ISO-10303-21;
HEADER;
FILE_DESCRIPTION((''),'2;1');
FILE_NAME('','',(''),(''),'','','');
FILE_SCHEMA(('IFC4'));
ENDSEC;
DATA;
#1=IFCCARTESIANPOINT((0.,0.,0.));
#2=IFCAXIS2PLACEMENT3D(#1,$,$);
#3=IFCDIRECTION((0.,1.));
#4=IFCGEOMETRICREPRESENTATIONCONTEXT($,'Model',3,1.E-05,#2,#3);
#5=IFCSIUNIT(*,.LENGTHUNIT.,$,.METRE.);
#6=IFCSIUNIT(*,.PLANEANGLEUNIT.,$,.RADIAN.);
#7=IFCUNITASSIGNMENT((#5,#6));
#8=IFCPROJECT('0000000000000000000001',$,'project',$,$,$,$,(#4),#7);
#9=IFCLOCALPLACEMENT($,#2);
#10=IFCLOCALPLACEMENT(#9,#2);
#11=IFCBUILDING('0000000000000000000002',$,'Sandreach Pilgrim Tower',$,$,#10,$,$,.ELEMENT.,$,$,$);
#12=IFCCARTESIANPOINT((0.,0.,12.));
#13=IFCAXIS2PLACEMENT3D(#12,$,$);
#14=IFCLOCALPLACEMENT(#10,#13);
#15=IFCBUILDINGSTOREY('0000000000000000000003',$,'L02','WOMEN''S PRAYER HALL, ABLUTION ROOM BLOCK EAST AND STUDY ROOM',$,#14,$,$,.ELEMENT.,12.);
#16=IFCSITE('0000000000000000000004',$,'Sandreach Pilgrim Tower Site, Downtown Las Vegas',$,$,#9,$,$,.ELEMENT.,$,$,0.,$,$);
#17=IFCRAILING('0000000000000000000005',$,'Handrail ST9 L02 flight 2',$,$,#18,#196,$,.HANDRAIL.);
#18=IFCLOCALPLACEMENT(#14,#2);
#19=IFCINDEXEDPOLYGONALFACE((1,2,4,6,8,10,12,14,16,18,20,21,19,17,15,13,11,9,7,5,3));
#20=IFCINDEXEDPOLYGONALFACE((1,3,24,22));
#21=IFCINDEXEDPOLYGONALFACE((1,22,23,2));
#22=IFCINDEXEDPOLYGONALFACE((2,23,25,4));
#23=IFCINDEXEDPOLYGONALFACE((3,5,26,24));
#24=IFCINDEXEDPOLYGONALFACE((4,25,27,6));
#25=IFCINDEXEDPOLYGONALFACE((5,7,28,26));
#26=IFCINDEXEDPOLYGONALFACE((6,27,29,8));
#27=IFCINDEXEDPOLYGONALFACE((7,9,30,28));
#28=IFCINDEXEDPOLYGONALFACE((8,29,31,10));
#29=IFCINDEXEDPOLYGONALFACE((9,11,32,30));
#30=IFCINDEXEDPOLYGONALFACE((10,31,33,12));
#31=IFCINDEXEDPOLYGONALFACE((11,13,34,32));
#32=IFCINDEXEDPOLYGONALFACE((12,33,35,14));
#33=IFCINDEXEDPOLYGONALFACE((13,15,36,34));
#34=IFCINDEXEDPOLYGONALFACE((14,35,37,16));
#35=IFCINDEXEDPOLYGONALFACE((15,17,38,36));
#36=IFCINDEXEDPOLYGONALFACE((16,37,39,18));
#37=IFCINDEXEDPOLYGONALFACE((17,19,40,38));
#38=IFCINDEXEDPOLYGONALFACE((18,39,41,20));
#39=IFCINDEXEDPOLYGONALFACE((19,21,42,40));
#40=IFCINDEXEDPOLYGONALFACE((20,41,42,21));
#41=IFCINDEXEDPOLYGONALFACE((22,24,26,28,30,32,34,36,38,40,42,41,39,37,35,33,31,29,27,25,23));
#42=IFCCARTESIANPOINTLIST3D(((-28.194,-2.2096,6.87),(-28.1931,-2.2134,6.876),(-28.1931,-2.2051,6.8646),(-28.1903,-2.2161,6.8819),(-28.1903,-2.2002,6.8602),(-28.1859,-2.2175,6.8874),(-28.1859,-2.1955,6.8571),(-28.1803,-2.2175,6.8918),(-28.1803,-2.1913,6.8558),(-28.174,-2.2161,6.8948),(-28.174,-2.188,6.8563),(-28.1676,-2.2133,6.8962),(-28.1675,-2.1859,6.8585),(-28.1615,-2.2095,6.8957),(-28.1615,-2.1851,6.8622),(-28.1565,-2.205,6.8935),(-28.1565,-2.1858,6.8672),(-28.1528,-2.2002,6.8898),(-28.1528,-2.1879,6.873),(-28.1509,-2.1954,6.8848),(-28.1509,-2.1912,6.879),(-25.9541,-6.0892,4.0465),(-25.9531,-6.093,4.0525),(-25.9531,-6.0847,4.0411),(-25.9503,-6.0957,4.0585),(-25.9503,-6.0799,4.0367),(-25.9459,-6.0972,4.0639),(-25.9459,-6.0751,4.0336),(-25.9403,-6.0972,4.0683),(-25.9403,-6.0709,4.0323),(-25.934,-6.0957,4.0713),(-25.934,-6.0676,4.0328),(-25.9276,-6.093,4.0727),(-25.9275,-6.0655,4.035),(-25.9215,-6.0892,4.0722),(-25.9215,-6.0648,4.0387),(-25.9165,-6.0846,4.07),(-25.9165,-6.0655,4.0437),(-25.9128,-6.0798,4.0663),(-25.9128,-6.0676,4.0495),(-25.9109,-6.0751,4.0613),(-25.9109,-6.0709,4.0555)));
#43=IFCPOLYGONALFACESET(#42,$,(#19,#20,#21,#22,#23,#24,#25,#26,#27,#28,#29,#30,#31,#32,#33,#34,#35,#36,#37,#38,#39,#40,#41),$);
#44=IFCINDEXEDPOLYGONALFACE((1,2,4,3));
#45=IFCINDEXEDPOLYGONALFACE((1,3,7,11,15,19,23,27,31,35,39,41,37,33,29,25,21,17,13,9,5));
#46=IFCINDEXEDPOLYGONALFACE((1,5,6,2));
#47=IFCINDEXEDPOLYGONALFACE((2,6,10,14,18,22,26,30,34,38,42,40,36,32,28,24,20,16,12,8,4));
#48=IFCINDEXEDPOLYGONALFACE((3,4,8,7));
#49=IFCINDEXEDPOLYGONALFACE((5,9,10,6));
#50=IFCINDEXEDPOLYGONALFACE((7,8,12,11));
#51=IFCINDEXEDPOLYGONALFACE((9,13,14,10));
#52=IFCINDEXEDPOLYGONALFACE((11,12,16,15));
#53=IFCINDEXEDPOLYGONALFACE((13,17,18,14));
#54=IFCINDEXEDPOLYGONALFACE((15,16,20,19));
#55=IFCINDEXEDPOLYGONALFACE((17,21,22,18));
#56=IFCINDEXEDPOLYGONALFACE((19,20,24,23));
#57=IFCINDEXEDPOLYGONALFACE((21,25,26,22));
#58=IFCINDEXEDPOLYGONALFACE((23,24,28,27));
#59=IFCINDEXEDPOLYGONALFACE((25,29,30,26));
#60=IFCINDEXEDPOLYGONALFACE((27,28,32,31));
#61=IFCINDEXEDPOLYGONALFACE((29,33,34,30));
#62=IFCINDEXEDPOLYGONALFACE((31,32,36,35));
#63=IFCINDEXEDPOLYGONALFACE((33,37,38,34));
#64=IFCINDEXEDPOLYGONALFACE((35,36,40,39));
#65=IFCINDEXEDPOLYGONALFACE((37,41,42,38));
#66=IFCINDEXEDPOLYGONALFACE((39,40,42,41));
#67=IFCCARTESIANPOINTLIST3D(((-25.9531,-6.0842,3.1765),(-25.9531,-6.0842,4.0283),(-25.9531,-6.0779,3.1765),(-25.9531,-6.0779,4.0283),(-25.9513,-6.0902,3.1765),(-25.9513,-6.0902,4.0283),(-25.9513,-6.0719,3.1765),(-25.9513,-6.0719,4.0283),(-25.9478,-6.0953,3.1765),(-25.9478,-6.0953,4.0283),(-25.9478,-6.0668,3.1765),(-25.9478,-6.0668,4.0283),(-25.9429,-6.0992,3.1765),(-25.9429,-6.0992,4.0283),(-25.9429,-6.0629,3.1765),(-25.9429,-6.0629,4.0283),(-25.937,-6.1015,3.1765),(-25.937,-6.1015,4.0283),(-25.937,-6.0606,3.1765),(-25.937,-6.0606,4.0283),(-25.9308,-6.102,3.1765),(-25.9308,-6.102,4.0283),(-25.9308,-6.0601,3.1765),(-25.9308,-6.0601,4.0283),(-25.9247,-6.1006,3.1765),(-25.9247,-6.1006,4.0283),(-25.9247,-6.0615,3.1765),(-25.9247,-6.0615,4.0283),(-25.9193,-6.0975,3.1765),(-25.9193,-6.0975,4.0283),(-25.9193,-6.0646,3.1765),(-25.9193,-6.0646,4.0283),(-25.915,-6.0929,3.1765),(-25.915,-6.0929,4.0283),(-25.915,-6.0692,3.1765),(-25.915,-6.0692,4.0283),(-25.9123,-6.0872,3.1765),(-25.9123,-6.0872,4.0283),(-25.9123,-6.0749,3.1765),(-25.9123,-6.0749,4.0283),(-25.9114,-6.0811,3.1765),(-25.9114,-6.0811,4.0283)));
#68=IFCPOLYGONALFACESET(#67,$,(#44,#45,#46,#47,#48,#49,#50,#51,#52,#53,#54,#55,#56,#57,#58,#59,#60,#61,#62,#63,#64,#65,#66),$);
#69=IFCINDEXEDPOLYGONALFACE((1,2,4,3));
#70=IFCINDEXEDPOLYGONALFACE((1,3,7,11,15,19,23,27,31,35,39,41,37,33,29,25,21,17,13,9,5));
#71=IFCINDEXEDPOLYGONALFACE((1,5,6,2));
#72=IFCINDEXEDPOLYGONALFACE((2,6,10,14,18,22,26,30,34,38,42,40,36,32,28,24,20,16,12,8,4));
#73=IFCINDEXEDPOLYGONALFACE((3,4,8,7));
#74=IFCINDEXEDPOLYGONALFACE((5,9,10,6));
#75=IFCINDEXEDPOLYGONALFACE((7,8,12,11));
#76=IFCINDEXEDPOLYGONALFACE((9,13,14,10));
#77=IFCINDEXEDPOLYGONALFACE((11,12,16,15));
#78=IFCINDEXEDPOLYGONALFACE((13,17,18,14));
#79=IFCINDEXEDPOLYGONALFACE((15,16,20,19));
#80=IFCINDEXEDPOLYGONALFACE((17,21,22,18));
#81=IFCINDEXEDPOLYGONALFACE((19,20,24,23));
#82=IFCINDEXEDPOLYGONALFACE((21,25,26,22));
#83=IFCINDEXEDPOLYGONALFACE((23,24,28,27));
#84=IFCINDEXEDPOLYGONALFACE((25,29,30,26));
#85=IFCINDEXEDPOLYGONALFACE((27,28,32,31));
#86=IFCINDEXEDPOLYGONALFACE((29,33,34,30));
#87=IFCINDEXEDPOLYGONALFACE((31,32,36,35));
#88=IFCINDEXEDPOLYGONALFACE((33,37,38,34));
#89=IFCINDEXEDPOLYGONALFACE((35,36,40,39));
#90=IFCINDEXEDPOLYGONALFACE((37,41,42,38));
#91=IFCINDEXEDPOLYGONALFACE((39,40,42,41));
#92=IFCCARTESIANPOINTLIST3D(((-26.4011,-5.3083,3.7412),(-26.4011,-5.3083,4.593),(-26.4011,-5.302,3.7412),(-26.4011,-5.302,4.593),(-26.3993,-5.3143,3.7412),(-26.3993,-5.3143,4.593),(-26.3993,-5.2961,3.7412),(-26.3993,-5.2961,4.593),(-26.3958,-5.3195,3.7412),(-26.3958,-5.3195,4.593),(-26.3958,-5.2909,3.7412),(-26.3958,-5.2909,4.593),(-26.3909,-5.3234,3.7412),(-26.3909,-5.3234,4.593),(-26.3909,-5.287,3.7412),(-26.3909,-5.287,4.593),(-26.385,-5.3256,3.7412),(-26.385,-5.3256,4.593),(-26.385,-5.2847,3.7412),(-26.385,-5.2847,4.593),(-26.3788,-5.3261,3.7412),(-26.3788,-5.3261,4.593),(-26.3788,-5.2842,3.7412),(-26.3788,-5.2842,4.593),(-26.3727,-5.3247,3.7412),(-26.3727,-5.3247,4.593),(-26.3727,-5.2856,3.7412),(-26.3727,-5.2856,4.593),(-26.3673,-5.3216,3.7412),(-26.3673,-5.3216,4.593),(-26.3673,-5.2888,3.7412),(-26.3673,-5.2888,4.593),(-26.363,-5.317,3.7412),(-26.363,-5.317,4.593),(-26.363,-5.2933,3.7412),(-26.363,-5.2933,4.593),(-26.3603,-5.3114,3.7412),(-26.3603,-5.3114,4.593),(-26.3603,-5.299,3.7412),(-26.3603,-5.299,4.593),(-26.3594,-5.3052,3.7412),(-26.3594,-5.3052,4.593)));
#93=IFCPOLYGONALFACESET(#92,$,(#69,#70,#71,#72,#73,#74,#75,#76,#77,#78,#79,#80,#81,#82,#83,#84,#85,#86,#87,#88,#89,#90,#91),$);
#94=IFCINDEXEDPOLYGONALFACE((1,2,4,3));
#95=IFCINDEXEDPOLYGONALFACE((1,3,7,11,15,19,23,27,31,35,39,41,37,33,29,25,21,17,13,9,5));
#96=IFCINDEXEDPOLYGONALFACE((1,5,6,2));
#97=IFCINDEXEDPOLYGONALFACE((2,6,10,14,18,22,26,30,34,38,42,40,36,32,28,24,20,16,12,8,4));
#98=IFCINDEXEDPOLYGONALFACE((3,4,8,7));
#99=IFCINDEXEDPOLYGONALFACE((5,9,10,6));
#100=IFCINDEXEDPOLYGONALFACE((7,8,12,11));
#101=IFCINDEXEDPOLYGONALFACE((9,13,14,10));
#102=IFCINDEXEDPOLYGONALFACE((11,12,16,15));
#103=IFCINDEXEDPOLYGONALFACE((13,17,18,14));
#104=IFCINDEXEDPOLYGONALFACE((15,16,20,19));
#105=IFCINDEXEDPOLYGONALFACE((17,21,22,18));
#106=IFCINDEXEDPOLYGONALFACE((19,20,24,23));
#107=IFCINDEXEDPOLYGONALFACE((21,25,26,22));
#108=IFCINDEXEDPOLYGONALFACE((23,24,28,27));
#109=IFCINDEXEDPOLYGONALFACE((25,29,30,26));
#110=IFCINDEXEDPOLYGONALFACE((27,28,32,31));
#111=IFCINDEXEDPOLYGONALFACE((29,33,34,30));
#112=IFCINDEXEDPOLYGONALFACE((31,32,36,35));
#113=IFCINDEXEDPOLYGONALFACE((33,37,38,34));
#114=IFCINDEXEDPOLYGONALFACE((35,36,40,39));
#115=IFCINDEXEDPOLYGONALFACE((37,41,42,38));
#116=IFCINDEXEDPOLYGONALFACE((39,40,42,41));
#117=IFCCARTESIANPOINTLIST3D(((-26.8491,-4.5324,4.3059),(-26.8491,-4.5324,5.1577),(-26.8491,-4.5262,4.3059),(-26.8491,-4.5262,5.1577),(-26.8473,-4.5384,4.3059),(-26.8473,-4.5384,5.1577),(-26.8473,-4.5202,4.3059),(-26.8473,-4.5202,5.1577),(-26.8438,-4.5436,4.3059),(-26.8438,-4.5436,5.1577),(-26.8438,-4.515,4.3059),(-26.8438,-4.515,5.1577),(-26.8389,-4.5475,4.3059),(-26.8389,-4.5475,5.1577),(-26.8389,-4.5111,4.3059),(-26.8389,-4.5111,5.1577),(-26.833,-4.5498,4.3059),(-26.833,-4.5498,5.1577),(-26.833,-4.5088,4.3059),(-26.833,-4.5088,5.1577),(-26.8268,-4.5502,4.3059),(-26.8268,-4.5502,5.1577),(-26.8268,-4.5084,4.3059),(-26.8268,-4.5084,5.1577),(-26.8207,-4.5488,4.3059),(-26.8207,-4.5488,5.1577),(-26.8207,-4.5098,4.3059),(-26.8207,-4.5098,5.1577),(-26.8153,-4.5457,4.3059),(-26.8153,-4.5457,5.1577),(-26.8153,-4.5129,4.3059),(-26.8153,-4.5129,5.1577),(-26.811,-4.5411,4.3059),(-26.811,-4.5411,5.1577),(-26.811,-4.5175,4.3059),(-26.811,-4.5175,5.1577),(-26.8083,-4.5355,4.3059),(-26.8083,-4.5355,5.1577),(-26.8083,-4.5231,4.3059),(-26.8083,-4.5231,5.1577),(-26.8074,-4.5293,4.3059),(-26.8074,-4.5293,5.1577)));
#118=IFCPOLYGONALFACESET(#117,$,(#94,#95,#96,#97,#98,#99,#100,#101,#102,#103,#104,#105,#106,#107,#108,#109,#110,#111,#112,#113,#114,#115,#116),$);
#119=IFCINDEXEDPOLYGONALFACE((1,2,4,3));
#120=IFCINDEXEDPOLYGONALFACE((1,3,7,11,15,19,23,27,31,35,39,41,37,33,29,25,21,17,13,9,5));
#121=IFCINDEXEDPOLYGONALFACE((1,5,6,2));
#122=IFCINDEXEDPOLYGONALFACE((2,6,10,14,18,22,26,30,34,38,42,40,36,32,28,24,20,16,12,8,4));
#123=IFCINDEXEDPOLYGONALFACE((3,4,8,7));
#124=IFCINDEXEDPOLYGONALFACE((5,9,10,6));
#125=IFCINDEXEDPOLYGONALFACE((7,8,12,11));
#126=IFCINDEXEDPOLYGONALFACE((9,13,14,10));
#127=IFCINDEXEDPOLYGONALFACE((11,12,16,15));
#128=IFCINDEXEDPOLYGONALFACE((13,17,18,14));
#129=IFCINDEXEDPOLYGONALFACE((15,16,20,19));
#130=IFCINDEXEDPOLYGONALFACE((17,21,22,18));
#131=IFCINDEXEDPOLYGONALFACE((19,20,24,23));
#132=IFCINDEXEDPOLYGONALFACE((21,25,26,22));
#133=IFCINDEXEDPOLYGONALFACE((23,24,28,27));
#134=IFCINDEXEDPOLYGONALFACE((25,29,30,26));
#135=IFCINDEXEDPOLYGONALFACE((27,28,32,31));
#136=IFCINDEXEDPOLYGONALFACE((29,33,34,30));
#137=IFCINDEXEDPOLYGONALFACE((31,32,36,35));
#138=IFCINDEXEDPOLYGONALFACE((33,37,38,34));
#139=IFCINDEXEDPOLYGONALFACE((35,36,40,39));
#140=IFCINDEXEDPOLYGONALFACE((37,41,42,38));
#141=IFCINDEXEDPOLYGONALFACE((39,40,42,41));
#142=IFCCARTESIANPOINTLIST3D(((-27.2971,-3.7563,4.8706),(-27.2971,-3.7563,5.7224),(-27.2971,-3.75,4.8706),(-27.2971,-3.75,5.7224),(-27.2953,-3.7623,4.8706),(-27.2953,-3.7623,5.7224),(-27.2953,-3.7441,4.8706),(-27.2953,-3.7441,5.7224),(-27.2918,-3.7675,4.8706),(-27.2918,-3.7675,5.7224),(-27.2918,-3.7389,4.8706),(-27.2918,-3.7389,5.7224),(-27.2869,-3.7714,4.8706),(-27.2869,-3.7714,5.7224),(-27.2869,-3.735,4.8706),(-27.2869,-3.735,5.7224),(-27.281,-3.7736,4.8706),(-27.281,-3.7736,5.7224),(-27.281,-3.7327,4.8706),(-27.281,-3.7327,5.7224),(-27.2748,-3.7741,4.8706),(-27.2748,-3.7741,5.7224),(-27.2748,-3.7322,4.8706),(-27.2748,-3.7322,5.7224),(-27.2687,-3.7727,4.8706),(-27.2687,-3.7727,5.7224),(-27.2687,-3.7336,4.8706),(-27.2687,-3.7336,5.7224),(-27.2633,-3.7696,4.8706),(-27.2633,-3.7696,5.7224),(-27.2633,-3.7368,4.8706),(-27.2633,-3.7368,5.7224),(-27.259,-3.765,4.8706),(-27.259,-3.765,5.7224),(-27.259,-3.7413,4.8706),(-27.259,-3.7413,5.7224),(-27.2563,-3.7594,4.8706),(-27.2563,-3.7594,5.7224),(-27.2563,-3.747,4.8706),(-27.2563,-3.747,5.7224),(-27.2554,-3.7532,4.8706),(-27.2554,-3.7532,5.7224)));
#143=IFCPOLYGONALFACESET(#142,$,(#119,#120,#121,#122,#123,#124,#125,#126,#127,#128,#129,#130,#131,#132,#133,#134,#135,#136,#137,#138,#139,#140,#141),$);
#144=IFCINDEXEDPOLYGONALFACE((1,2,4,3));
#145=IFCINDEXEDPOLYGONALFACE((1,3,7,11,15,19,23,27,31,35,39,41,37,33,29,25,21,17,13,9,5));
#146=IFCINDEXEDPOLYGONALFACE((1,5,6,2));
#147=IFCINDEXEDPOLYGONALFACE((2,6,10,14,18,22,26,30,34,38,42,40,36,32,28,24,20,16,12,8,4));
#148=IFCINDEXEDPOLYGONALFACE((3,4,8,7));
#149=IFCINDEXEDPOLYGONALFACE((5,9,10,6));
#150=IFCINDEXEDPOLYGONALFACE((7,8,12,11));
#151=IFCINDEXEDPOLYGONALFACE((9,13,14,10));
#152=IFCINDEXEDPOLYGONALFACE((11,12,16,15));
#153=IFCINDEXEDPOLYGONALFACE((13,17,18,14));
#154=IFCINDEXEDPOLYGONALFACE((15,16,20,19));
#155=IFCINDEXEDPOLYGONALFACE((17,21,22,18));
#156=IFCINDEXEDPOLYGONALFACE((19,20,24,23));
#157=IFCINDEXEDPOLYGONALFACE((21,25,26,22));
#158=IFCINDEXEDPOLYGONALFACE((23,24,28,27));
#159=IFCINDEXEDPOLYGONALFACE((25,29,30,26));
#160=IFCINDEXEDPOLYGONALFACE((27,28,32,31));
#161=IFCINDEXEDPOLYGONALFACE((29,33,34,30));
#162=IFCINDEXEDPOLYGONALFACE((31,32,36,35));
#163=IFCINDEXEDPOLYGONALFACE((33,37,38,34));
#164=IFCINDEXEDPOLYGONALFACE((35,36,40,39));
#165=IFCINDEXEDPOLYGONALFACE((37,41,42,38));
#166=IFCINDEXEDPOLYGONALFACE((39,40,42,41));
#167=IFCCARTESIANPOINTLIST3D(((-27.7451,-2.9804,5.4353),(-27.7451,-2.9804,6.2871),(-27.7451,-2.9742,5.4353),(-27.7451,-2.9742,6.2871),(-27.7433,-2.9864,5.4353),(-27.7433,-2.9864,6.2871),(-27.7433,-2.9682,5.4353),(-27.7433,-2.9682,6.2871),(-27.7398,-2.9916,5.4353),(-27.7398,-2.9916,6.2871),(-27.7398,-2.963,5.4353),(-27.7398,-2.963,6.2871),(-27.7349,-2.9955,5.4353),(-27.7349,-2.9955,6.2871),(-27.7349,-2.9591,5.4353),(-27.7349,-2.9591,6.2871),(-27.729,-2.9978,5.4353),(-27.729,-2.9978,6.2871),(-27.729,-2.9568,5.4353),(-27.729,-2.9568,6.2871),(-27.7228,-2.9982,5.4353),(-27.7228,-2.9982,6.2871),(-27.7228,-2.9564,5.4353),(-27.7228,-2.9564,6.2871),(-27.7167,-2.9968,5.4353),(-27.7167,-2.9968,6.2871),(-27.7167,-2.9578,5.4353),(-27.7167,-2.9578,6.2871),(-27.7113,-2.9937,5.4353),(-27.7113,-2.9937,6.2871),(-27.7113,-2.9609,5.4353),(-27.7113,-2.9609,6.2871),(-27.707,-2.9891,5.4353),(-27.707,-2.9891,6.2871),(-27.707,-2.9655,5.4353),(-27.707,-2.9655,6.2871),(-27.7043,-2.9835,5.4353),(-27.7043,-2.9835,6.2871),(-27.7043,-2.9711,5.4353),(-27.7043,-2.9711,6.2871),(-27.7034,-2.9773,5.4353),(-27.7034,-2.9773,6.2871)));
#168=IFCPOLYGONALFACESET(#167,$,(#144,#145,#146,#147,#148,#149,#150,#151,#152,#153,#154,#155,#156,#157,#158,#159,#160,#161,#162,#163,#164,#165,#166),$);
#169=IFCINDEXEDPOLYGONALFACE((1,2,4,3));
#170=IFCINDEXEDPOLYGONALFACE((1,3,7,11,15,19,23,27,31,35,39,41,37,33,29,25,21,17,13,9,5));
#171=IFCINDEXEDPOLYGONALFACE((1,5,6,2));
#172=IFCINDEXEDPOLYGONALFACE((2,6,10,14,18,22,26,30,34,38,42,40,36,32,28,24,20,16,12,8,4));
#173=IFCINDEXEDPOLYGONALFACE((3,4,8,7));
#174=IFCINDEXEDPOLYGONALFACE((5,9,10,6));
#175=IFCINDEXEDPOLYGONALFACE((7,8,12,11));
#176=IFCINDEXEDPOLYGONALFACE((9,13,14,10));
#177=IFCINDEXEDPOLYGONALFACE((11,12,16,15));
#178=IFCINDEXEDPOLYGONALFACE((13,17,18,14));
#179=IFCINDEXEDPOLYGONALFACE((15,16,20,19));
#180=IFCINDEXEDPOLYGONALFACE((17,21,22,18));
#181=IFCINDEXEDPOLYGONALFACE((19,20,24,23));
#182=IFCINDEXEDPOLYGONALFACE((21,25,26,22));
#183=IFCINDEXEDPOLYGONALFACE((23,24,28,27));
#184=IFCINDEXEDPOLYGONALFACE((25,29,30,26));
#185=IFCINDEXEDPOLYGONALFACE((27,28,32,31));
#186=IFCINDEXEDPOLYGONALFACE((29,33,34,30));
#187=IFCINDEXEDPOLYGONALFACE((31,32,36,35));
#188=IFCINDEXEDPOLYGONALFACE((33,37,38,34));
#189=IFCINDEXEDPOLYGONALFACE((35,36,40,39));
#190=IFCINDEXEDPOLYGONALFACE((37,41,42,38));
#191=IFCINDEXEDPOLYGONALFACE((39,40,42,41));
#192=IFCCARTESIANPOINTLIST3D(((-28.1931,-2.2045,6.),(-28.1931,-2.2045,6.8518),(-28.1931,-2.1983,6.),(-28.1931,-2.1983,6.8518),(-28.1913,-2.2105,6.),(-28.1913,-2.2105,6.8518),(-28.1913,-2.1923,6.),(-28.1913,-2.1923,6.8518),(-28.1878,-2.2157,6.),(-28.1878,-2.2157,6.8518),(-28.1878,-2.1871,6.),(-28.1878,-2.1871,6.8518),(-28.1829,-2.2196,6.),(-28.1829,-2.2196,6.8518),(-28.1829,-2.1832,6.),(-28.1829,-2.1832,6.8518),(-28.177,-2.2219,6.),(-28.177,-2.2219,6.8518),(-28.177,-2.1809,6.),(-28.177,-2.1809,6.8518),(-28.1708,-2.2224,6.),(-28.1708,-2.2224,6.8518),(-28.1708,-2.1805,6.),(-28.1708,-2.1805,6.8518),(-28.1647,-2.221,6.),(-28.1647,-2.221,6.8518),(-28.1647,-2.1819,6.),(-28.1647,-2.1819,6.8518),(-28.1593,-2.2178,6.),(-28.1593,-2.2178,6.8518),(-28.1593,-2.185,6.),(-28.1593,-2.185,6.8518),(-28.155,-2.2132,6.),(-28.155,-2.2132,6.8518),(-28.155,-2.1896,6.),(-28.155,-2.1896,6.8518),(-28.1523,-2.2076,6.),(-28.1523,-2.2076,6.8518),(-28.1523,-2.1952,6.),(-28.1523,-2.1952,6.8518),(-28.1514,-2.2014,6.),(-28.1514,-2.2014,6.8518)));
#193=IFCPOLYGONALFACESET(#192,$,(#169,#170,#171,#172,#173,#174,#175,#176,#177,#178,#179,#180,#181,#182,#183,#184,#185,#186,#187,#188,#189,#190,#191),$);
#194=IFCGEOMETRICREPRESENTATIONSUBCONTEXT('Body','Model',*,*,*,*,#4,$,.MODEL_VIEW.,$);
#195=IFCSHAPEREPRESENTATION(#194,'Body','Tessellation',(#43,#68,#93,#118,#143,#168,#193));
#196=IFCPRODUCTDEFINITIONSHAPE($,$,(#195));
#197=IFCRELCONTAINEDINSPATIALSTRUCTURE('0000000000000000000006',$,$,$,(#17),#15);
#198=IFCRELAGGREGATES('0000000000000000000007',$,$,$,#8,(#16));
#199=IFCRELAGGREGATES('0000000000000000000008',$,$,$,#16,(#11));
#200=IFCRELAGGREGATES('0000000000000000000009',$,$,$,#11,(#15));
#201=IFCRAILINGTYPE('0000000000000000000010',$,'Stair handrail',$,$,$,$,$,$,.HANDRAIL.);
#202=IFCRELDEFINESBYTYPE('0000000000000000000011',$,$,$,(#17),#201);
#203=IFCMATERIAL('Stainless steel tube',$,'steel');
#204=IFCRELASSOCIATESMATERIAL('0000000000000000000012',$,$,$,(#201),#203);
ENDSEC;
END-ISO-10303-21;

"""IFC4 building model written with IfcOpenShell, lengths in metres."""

from ifc_helpers import new_model, si_unit, direction, frame, origin, origin_2d, place, context, subcontext, project, spatial, circle, extrude, material, type_object, element, save


model = new_model("IFC4")

# Units and contexts
model_context = context("Model", 3, precision=1e-05, world=origin(), true_north=direction((0.0, 1.0)))
body_context = subcontext(model_context, "Body", "Model", "MODEL_VIEW")
ifc_project = project(units=[si_unit("LENGTHUNIT", "METRE"), si_unit("PLANEANGLEUNIT", "RADIAN")], contexts=[model_context])

# Site, building, storey
site_placement = place(None, origin())
site = spatial("IfcSite", under=ifc_project, at=site_placement, Name="Sandreach Pilgrim Tower Site, Downtown Las Vegas", CompositionType="ELEMENT", RefElevation=0.0)
building_placement = place(site_placement, origin())
building = spatial("IfcBuilding", under=site, at=building_placement, Name="Sandreach Pilgrim Tower", CompositionType="ELEMENT")
storey_placement = place(building_placement, frame((0.0, 0.0, 12.0)))
storey = spatial("IfcBuildingStorey", under=building, at=storey_placement, Name="L02", Description="WOMEN'S PRAYER HALL, ABLUTION ROOM BLOCK EAST AND STUDY ROOM", CompositionType="ELEMENT", Elevation=12.0)

# Railing
ifc_material_1 = material(Name="Stainless steel tube", Category="steel")
railing_type = type_object("IfcRailingType", Name="Stair handrail", PredefinedType="HANDRAIL", material=ifc_material_1)
railing_placement = place(storey_placement, frame((-25.9324, -6.0811, 3.1765)))
element("IfcRailing", 1, at=railing_placement, inside=storey, type_object=railing_type, Name="Handrail ST9 L02 flight 2", PredefinedType="HANDRAIL", context=body_context, shape_type="SweptSolid", body=[
    extrude(circle(Radius=0.0239, at=origin_2d()), frame((0.0, 0.0, 0.876), z_axis=(-0.423007, 0.732644, 0.533196), x_axis=(-0.866018, -0.500013, 0.0)), (0.0, 0.0, 1.0), 5.2954),
    extrude(circle(Radius=0.021, at=origin_2d()), origin(), (0.0, 0.0, 1.0), 0.8518),
    extrude(circle(Radius=0.021, at=origin_2d()), frame((-0.448, 0.7759, 0.5647)), (0.0, 0.0, 1.0), 0.8518),
    extrude(circle(Radius=0.021, at=origin_2d()), frame((-0.896, 1.5518, 1.1294)), (0.0, 0.0, 1.0), 0.8518),
    extrude(circle(Radius=0.021, at=origin_2d()), frame((-1.344, 2.3279, 1.6941)), (0.0, 0.0, 1.0), 0.8518),
    extrude(circle(Radius=0.021, at=origin_2d()), frame((-1.792, 3.1038, 2.2588)), (0.0, 0.0, 1.0), 0.8518),
    extrude(circle(Radius=0.021, at=origin_2d()), frame((-2.24, 3.8796, 2.8235)), (0.0, 0.0, 1.0), 0.8518),
])

save(model, "model.ifc")
